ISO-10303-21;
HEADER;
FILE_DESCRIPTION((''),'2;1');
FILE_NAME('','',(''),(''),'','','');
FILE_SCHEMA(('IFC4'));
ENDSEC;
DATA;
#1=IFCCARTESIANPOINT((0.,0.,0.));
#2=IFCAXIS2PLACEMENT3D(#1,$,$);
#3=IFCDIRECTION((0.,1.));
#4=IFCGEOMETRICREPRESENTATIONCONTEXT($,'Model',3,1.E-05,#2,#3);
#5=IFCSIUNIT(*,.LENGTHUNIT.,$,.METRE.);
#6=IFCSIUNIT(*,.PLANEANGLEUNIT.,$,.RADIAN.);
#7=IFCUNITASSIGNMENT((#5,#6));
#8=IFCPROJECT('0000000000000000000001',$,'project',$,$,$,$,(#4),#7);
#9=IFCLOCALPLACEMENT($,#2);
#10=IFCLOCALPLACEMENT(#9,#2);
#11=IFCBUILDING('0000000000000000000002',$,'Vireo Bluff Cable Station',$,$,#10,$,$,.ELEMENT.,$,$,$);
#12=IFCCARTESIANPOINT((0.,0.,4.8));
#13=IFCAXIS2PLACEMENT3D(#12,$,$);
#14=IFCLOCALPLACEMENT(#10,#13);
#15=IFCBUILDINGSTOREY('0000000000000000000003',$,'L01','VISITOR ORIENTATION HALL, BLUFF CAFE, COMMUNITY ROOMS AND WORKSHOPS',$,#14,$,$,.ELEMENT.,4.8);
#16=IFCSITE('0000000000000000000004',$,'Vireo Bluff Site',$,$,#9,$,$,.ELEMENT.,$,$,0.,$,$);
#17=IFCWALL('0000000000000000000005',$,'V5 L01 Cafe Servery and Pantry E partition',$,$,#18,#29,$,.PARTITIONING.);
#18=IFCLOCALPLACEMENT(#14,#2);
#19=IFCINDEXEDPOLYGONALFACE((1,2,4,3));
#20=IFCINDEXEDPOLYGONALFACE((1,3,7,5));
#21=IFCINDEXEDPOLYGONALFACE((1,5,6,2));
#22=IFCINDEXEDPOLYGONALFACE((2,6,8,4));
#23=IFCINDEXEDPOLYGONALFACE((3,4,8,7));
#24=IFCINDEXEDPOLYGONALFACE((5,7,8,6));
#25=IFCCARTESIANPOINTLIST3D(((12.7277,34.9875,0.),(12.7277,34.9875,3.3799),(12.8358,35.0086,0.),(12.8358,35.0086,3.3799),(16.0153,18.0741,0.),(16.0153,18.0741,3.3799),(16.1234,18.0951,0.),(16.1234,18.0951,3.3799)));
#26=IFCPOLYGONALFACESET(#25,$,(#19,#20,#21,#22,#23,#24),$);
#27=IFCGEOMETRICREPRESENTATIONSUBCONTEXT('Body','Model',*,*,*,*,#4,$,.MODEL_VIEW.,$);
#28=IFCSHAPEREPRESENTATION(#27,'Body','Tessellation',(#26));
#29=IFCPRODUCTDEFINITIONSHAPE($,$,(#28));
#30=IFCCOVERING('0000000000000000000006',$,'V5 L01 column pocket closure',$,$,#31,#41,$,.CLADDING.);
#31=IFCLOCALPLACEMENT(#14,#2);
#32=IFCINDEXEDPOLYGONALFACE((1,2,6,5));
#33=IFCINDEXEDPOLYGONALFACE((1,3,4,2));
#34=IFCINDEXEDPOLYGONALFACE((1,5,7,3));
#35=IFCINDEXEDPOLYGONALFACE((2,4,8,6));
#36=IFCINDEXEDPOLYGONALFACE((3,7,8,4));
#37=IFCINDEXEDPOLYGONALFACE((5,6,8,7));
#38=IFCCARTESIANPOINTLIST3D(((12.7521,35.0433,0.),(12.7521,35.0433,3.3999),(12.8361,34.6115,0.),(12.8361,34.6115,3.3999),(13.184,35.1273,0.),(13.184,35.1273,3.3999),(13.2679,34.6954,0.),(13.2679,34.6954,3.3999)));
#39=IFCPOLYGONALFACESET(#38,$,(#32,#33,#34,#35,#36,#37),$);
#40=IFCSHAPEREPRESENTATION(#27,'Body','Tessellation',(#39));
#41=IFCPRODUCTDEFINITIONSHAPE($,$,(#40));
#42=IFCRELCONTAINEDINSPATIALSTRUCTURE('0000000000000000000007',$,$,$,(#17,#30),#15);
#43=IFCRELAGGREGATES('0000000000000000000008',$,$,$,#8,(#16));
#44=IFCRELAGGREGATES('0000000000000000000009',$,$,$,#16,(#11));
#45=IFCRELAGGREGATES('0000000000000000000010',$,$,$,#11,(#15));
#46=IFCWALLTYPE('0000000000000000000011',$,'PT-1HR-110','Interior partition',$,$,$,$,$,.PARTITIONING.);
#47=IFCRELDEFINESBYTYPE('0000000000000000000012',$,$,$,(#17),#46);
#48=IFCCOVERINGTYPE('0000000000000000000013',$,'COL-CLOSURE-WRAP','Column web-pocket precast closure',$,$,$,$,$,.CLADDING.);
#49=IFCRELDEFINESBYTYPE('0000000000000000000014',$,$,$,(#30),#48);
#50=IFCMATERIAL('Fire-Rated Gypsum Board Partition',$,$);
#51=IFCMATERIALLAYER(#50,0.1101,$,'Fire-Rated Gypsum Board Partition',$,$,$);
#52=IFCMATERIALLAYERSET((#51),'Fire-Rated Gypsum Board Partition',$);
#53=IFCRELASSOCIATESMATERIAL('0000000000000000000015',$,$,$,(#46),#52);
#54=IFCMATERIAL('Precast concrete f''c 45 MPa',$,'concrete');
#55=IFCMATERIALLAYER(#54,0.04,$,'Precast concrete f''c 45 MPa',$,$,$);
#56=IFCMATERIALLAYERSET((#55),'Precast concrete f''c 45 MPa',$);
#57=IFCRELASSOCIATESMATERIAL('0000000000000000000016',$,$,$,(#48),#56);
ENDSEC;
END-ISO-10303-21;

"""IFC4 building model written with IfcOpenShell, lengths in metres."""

from ifc_helpers import new_model, si_unit, direction, frame, frame_2d, origin, origin_2d, place, context, subcontext, project, spatial, rectangle, extrude, material, layer, layer_set, type_object, element, save


model = new_model("IFC4")

# Units and contexts
model_context = context("Model", 3, precision=1e-05, world=origin(), true_north=direction((0.0, 1.0)))
body_context = subcontext(model_context, "Body", "Model", "MODEL_VIEW")
ifc_project = project(units=[si_unit("LENGTHUNIT", "METRE"), si_unit("PLANEANGLEUNIT", "RADIAN")], contexts=[model_context])

# Site, building, storey
site_placement = place(None, origin())
site = spatial("IfcSite", under=ifc_project, at=site_placement, Name="Vireo Bluff Site", CompositionType="ELEMENT", RefElevation=0.0)
building_placement = place(site_placement, origin())
building = spatial("IfcBuilding", under=site, at=building_placement, Name="Vireo Bluff Cable Station", CompositionType="ELEMENT")
storey_placement = place(building_placement, frame((0.0, 0.0, 4.8)))
storey = spatial("IfcBuildingStorey", under=building, at=storey_placement, Name="L01", Description="VISITOR ORIENTATION HALL, BLUFF CAFE, COMMUNITY ROOMS AND WORKSHOPS", CompositionType="ELEMENT", Elevation=4.8)

# Wall
ifc_material_1 = material(Name="Fire-Rated Gypsum Board Partition")
ifc_layer_1 = layer(ifc_material_1, 0.1101, Name="Fire-Rated Gypsum Board Partition")
ifc_layer_set_1 = layer_set([ifc_layer_1], Name="Fire-Rated Gypsum Board Partition")
wall_type = type_object("IfcWallType", Name="PT-1HR-110", Description="Interior partition", PredefinedType="PARTITIONING", material=ifc_layer_set_1)
wall_placement = place(storey_placement, frame((12.7817, 34.998, 0.0), z_axis=(0.0, 0.0, 1.0), x_axis=(0.190808, -0.981627, 0.0)))
element("IfcWall", 1, at=wall_placement, inside=storey, type_object=wall_type, Name="V5 L01 Cafe Servery and Pantry E partition", PredefinedType="PARTITIONING", context=body_context, shape_type="SweptSolid", body=[
    extrude(rectangle(XDim=17.23, YDim=0.1101, at=frame_2d((8.615, 0.0))), origin(), (0.0, 0.0, 1.0), 3.3799),
])

# Covering
ifc_material_2 = material(Name="Precast concrete f'c 45 MPa", Category="concrete")
ifc_layer_2 = layer(ifc_material_2, 0.04, Name="Precast concrete f'c 45 MPa")
ifc_layer_set_2 = layer_set([ifc_layer_2], Name="Precast concrete f'c 45 MPa")
covering_type = type_object("IfcCoveringType", Name="COL-CLOSURE-WRAP", Description="Column web-pocket precast closure", PredefinedType="CLADDING", material=ifc_layer_set_2)
covering_placement = place(storey_placement, frame((13.01, 34.8694, 0.0), z_axis=(0.0, 0.0, 1.0), x_axis=(0.981627, 0.190809, 0.0)))
element("IfcCovering", 2, at=covering_placement, inside=storey, type_object=covering_type, Name="V5 L01 column pocket closure", PredefinedType="CLADDING", context=body_context, shape_type="SweptSolid", body=[
    extrude(rectangle(XDim=0.4399, YDim=0.4399, at=origin_2d()), origin(), (0.0, 0.0, 1.0), 3.3999),
])

save(model, "model.ifc")
